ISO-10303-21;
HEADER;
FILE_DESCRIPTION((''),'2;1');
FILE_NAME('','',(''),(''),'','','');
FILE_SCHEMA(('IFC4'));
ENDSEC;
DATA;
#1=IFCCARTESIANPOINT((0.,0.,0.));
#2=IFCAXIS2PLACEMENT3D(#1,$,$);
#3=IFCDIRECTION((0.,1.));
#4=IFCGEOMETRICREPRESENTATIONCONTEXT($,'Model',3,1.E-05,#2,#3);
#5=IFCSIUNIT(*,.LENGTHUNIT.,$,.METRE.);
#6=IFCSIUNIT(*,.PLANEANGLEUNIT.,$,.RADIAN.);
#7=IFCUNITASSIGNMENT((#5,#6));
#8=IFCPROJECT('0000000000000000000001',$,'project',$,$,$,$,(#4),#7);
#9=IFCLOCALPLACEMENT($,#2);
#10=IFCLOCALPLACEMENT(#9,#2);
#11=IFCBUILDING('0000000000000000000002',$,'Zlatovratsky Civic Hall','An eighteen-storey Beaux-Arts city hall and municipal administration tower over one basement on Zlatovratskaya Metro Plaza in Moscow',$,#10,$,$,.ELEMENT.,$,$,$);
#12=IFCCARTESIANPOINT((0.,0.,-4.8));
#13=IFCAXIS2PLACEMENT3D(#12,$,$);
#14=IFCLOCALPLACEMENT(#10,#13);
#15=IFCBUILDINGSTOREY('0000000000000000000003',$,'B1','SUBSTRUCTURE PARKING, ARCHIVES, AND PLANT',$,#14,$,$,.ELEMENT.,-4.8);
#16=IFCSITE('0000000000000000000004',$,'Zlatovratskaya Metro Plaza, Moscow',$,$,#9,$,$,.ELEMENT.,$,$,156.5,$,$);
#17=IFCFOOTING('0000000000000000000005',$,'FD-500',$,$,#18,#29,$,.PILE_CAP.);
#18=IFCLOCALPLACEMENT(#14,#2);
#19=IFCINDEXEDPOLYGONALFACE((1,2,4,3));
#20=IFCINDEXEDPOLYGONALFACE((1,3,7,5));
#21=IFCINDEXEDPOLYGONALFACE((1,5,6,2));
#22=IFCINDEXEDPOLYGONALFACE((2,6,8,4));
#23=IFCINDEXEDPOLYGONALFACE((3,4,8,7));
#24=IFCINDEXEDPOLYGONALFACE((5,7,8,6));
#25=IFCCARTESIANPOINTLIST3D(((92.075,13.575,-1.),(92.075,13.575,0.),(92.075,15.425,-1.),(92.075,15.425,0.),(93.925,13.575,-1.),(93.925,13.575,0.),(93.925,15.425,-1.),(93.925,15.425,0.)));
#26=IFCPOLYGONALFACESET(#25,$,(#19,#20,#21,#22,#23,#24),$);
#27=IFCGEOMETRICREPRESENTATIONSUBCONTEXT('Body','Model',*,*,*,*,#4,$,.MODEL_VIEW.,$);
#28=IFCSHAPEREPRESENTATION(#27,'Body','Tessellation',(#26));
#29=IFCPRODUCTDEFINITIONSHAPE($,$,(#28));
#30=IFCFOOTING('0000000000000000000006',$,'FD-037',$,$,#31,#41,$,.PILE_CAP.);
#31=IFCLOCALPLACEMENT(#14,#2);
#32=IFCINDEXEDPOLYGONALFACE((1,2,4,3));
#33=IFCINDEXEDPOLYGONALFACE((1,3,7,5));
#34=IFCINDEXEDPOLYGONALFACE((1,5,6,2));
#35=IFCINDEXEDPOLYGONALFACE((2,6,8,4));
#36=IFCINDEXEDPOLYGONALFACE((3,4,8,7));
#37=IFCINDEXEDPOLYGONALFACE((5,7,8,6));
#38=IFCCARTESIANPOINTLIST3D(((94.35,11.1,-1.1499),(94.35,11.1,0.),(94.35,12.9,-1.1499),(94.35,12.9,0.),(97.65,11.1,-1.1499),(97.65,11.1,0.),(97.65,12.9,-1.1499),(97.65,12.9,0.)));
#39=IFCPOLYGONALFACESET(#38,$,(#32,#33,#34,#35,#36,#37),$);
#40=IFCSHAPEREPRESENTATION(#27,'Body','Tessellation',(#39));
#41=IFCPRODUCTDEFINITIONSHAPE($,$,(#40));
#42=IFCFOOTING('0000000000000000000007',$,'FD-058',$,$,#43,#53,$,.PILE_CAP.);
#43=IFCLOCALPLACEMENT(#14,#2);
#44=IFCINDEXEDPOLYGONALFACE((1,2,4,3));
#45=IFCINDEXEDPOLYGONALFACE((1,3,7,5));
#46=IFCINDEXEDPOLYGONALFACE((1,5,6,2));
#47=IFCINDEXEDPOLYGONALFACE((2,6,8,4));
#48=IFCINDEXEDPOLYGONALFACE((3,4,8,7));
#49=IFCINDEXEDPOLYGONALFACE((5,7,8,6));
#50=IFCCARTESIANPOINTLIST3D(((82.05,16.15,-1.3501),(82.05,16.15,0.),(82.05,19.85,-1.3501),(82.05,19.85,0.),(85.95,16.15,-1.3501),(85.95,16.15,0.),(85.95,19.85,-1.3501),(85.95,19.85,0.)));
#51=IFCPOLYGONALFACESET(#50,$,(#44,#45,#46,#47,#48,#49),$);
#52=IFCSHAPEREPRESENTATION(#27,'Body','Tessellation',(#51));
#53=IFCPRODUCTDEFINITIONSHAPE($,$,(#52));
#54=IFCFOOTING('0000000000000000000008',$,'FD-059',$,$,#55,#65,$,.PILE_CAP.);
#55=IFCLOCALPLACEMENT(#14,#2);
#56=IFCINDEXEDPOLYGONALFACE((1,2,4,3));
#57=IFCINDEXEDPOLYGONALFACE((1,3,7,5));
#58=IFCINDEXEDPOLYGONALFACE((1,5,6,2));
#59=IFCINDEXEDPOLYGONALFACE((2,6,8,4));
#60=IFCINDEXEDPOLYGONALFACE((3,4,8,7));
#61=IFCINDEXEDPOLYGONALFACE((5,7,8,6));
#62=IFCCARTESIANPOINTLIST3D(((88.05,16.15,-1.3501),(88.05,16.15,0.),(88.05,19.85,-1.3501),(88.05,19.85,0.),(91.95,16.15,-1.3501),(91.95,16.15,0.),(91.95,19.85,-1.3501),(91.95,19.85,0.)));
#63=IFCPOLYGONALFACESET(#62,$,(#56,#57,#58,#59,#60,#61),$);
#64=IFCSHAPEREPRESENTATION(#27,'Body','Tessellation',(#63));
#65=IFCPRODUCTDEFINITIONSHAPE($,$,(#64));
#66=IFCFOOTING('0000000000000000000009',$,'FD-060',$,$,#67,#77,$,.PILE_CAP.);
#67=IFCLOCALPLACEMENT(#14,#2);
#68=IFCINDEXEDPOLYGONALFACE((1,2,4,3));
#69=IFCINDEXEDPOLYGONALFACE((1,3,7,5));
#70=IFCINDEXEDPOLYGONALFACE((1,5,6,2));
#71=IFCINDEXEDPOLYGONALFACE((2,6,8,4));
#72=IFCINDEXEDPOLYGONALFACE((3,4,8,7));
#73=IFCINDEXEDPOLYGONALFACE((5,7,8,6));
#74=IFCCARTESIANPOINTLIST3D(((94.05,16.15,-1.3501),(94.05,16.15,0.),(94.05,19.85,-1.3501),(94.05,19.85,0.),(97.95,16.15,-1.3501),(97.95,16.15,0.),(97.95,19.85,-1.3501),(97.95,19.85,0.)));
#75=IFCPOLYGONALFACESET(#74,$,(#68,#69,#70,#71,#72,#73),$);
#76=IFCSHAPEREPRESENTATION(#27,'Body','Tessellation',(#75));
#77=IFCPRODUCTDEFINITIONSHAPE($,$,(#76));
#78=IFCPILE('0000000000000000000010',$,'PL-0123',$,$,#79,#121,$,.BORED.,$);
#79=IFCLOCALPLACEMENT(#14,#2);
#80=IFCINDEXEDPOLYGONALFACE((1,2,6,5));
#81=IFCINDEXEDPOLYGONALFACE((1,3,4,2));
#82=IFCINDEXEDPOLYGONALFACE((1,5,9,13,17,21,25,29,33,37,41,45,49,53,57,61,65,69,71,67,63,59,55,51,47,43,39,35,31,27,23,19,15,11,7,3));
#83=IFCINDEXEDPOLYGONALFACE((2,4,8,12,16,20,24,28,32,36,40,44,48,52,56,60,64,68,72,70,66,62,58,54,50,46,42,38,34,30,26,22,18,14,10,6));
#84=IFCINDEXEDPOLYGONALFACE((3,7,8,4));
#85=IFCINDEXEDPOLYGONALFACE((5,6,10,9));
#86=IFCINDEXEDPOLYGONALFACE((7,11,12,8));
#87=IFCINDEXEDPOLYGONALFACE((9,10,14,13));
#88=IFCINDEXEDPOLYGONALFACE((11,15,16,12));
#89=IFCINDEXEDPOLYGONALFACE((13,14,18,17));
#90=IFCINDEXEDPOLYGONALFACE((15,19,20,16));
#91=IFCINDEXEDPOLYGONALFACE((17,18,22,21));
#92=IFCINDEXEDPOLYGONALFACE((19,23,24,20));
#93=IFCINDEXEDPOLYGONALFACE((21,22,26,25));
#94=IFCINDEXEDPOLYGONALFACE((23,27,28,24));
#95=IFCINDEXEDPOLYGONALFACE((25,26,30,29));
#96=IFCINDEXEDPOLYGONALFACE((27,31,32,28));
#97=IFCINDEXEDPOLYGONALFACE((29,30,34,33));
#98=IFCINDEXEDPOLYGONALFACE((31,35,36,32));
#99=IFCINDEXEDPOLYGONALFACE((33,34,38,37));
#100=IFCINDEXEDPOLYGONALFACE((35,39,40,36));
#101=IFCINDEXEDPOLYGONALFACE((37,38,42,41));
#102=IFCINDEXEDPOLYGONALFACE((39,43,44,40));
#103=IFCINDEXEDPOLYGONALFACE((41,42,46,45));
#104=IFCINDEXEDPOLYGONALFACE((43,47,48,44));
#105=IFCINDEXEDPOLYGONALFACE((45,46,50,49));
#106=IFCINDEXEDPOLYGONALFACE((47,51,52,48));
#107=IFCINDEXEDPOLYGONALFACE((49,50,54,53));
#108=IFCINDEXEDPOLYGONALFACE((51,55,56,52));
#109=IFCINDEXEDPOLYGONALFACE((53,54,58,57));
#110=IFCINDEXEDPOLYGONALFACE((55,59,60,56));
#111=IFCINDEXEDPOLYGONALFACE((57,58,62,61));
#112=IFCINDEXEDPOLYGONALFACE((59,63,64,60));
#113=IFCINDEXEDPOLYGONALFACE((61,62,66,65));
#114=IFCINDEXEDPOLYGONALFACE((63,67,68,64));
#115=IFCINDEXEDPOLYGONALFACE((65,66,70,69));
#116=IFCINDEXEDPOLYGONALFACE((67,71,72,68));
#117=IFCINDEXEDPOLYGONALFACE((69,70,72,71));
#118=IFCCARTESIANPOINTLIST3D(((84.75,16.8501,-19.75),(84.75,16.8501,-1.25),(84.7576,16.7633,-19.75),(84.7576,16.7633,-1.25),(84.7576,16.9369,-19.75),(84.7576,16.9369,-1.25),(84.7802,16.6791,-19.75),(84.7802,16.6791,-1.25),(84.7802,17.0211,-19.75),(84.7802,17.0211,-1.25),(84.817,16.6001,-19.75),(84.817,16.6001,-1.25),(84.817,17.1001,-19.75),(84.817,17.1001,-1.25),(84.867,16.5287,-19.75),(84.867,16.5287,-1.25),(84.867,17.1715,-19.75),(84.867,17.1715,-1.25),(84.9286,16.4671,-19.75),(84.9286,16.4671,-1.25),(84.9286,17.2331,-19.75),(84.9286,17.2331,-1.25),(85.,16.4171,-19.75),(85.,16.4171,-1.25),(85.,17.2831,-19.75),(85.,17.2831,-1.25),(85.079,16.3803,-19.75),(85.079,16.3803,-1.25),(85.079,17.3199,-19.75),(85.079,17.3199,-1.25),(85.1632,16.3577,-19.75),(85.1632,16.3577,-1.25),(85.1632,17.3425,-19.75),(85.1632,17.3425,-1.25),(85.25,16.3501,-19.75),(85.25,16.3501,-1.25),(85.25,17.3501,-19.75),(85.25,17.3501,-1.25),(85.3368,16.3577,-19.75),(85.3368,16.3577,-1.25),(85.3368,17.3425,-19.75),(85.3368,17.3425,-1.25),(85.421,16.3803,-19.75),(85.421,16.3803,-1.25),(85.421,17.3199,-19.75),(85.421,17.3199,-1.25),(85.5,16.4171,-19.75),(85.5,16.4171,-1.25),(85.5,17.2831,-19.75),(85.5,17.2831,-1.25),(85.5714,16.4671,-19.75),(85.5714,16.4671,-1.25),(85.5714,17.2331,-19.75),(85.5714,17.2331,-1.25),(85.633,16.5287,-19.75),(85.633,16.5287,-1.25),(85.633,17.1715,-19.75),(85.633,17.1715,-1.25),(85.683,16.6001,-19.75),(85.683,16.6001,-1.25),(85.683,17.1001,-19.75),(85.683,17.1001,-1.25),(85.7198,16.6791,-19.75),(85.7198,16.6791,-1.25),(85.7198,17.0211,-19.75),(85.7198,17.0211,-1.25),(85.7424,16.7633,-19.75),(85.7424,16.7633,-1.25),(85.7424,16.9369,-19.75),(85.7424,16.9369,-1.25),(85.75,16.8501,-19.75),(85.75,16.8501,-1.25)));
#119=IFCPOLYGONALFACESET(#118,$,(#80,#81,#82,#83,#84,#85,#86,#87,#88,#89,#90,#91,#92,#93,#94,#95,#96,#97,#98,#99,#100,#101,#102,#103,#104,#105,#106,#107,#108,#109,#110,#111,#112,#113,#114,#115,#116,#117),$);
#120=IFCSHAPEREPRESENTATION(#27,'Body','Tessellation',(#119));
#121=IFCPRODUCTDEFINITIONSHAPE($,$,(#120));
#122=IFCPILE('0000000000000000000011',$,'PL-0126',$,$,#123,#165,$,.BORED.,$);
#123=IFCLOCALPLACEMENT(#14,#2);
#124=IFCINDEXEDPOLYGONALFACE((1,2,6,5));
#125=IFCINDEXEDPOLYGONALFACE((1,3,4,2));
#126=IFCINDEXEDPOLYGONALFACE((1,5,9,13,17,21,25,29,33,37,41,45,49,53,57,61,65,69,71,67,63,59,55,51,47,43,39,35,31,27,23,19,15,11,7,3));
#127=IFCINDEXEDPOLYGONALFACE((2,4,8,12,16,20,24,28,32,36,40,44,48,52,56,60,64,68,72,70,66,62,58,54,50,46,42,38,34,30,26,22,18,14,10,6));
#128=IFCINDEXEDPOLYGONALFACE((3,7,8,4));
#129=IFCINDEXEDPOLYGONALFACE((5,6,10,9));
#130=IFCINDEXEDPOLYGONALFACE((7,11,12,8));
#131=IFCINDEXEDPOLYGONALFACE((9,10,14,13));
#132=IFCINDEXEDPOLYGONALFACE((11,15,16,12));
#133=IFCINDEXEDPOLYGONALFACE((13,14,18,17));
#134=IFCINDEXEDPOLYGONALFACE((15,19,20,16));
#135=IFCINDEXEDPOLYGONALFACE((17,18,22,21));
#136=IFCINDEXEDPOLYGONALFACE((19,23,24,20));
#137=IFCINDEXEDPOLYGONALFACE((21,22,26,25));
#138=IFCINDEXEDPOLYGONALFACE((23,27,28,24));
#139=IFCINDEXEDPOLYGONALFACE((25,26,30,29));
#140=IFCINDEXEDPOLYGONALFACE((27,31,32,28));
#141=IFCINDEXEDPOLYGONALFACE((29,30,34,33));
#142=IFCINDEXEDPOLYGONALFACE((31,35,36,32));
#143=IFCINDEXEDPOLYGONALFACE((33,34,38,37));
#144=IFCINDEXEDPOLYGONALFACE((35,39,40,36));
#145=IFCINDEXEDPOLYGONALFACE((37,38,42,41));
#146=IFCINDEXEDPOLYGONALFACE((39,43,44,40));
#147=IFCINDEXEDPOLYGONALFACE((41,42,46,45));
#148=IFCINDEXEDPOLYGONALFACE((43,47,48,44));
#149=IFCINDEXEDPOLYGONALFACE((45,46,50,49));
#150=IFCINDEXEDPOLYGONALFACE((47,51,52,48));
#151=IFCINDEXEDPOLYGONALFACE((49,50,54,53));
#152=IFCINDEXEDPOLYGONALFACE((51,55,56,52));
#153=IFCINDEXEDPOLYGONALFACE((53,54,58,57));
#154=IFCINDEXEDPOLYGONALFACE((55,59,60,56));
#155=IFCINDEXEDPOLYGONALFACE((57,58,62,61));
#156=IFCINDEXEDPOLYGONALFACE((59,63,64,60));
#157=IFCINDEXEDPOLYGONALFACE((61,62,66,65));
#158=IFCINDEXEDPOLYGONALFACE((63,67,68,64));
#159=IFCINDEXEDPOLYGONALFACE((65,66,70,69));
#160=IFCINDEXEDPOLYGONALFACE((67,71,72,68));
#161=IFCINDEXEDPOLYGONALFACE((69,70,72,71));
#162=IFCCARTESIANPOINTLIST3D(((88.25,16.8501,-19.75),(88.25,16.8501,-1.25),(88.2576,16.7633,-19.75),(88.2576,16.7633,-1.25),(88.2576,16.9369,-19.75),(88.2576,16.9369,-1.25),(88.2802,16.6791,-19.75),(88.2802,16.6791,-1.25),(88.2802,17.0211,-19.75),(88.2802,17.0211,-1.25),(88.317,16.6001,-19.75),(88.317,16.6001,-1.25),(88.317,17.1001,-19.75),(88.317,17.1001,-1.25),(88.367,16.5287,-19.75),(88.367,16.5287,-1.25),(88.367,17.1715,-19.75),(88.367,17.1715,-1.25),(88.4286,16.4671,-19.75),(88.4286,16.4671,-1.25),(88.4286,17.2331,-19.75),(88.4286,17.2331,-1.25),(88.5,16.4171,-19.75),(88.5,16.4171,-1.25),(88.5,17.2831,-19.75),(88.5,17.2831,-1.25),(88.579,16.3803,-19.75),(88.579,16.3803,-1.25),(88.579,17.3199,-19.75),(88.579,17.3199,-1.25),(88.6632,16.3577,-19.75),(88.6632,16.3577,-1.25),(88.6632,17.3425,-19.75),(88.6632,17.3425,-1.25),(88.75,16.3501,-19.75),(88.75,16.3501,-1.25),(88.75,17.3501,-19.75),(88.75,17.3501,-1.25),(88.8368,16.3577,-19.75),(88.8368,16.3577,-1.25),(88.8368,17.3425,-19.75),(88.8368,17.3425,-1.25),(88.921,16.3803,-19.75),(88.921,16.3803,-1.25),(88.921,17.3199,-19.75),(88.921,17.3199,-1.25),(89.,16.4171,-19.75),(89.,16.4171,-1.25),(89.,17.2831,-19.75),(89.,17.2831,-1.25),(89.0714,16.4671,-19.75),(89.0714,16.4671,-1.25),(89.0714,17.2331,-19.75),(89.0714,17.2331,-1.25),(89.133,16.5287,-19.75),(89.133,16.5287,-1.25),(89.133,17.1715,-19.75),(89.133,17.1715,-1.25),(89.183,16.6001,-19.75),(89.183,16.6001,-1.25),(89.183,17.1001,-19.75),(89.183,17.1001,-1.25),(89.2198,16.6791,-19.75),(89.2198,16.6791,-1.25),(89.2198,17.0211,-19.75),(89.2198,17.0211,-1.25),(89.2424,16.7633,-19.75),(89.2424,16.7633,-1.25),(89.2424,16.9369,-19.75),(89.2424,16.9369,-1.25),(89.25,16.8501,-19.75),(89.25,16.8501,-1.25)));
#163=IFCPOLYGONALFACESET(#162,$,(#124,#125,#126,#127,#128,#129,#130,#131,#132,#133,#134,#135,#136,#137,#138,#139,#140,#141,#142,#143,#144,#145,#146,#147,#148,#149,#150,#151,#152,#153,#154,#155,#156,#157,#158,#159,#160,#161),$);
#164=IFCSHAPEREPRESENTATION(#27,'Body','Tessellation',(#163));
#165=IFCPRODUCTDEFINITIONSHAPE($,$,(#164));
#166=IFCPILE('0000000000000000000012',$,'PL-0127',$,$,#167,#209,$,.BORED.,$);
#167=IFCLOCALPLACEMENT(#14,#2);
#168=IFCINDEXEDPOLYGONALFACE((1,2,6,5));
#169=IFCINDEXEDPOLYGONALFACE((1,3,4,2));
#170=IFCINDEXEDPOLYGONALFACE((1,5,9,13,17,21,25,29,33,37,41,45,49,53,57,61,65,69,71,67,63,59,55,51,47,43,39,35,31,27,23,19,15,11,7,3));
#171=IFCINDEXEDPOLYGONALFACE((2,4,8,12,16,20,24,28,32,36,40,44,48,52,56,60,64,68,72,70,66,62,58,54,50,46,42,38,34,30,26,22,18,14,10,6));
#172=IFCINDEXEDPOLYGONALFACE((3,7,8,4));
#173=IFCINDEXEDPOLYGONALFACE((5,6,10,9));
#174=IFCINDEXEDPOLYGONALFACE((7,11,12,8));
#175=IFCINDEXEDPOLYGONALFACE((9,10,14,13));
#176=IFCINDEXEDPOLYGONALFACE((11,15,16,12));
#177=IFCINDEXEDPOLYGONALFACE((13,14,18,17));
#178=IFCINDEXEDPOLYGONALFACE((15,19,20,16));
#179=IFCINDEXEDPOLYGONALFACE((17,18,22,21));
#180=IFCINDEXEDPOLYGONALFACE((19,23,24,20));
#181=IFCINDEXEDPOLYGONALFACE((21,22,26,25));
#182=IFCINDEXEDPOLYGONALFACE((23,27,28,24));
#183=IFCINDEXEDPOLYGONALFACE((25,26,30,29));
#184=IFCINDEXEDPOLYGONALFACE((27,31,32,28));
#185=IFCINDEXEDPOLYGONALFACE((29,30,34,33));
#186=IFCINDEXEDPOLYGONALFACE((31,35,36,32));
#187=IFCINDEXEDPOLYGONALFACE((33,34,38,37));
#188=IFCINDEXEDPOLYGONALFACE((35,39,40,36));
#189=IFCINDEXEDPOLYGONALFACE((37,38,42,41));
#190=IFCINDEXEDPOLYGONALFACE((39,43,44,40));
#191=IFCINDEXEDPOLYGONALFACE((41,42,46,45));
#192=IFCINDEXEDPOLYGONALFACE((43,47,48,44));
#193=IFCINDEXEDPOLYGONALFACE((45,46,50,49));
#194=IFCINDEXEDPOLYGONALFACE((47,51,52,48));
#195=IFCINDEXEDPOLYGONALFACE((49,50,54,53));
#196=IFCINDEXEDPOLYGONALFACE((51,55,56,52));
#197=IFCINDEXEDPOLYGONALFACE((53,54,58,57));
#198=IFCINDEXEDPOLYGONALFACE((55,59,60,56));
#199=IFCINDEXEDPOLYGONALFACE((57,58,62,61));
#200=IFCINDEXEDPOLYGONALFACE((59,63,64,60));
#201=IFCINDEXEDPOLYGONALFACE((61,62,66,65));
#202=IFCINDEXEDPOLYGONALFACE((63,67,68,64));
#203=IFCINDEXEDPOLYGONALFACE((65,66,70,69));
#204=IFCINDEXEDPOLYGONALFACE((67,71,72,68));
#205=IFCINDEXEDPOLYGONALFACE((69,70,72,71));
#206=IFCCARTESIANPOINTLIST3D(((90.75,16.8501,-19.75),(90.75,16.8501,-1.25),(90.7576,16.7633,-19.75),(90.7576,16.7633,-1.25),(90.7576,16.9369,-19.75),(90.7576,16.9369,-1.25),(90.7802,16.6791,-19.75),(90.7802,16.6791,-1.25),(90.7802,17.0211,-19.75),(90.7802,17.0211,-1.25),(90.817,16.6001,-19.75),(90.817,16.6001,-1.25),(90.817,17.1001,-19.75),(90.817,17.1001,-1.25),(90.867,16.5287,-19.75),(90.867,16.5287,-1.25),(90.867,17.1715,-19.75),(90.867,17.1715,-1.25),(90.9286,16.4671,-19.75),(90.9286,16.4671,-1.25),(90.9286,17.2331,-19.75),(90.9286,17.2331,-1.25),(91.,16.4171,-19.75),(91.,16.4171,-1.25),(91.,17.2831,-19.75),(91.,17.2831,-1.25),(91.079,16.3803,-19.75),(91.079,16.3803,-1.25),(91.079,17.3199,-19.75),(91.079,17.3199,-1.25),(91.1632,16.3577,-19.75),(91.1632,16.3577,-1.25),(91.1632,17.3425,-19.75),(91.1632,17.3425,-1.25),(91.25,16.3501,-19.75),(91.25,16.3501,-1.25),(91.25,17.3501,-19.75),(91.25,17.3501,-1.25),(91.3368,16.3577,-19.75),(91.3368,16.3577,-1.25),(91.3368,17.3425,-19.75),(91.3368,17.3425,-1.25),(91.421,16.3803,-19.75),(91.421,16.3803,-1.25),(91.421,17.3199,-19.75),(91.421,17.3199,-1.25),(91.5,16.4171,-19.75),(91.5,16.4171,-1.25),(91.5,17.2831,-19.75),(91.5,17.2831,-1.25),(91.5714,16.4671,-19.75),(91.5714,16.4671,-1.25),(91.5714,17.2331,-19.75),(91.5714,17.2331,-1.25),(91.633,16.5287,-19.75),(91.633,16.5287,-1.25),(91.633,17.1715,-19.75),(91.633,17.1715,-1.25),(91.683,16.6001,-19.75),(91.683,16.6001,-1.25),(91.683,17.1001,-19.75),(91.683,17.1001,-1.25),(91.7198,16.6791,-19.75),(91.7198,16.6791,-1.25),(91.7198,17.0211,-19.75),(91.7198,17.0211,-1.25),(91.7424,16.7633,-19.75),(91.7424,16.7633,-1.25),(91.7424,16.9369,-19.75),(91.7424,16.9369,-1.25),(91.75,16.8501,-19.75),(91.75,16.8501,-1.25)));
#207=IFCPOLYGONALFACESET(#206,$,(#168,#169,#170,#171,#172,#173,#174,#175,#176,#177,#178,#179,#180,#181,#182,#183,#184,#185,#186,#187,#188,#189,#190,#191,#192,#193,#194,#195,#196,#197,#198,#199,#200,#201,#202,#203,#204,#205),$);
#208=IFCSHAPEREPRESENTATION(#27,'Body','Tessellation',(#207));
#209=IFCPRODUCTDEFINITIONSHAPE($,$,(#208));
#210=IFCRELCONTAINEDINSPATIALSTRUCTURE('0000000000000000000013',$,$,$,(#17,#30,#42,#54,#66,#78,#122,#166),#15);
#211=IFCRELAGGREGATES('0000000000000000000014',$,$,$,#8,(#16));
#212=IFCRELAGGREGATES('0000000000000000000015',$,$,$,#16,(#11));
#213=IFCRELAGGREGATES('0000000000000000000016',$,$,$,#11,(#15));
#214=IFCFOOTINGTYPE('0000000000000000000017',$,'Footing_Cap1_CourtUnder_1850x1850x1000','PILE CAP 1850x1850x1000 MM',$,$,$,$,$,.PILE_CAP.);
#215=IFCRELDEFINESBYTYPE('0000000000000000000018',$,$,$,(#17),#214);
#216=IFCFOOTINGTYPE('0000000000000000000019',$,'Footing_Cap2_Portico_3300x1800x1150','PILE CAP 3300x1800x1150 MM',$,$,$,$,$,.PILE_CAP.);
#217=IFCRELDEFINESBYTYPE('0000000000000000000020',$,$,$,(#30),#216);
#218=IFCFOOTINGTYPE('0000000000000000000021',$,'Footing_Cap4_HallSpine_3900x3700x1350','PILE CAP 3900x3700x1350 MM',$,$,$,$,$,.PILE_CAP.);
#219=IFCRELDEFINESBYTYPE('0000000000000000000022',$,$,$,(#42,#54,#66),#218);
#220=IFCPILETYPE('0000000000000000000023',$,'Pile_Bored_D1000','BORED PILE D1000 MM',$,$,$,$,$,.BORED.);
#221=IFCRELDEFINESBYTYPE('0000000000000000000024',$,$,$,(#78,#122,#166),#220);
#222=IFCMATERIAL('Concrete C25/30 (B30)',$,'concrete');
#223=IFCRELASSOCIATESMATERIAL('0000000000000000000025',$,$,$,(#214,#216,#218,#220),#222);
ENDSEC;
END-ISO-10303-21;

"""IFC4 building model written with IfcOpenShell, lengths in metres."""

from ifc_helpers import new_model, si_unit, direction, frame, origin, origin_2d, place, context, subcontext, project, spatial, rectangle, circle, extrude, material, material_profile, profile_set, type_object, element, save


model = new_model("IFC4")

# Units and contexts
model_context = context("Model", 3, precision=1e-05, world=origin(), true_north=direction((0.0, 1.0)))
body_context = subcontext(model_context, "Body", "Model", "MODEL_VIEW")
ifc_project = project(units=[si_unit("LENGTHUNIT", "METRE"), si_unit("PLANEANGLEUNIT", "RADIAN")], contexts=[model_context])

# Site, building, storey
site_placement = place(None, origin())
site = spatial("IfcSite", under=ifc_project, at=site_placement, Name="Zlatovratskaya Metro Plaza, Moscow", CompositionType="ELEMENT", RefElevation=156.5)
building_placement = place(site_placement, origin())
building = spatial("IfcBuilding", under=site, at=building_placement, Name="Zlatovratsky Civic Hall", Description="An eighteen-storey Beaux-Arts city hall and municipal administration tower over one basement on Zlatovratskaya Metro Plaza in Moscow", CompositionType="ELEMENT")
storey_placement = place(building_placement, frame((0.0, 0.0, -4.8)))
storey = spatial("IfcBuildingStorey", under=building, at=storey_placement, Name="B1", Description="SUBSTRUCTURE PARKING, ARCHIVES, AND PLANT", CompositionType="ELEMENT", Elevation=-4.8)

# Footings
ifc_material_1 = material(Name="Concrete C25/30 (B30)", Category="concrete")
footing_type_1 = type_object("IfcFootingType", Name="Footing_Cap1_CourtUnder_1850x1850x1000", Description="PILE CAP 1850x1850x1000 MM", PredefinedType="PILE_CAP", material=ifc_material_1)
footing_1_placement = place(storey_placement, frame((93.0, 14.5, -1.0), z_axis=(0.0, 0.0, 1.0), x_axis=(1.0, 0.0, 0.0)))
element("IfcFooting", 1, at=footing_1_placement, inside=storey, type_object=footing_type_1, Name="FD-500", PredefinedType="PILE_CAP", context=body_context, shape_type="SweptSolid", body=[
    extrude(rectangle(XDim=1.8501, YDim=1.8501, at=origin_2d()), origin(), (0.0, 0.0, 1.0), 1.0),
])
footing_type_2 = type_object("IfcFootingType", Name="Footing_Cap2_Portico_3300x1800x1150", Description="PILE CAP 3300x1800x1150 MM", PredefinedType="PILE_CAP", material=ifc_material_1)
footing_2_placement = place(storey_placement, frame((96.0, 12.0, -1.1499), z_axis=(0.0, 0.0, 1.0), x_axis=(1.0, 0.0, 0.0)))
element("IfcFooting", 2, at=footing_2_placement, inside=storey, type_object=footing_type_2, Name="FD-037", PredefinedType="PILE_CAP", context=body_context, shape_type="SweptSolid", body=[
    extrude(rectangle(XDim=3.3, YDim=1.8, at=origin_2d()), origin(), (0.0, 0.0, 1.0), 1.1499),
])
footing_type_3 = type_object("IfcFootingType", Name="Footing_Cap4_HallSpine_3900x3700x1350", Description="PILE CAP 3900x3700x1350 MM", PredefinedType="PILE_CAP", material=ifc_material_1)
for number, where, z_axis, x_axis, name in (
    (3, (84.0, 18.0, -1.3501), (0.0, 0.0, 1.0), (1.0, 0.0, 0.0), "FD-058"),
    (4, (90.0, 18.0, -1.3501), (0.0, 0.0, 1.0), (1.0, 0.0, 0.0), "FD-059"),
    (5, (96.0, 18.0, -1.3501), (0.0, 0.0, 1.0), (1.0, 0.0, 0.0), "FD-060"),
):
    element("IfcFooting", number, at=place(storey_placement, frame(where, z_axis=z_axis, x_axis=x_axis)), inside=storey, type_object=footing_type_3, Name=name, PredefinedType="PILE_CAP", context=body_context, shape_type="SweptSolid", body=[
        extrude(rectangle(XDim=3.8999, YDim=3.7, at=origin_2d()), origin(), (0.0, 0.0, 1.0), 1.3501),
    ])

# Piles
ifc_material_profile_1 = material_profile(ifc_material_1, circle(Radius=0.5, at=origin_2d()), Name="PILE D1000")
ifc_profile_set_1 = profile_set([ifc_material_profile_1], Name="Concrete C25/30 (B30)")
pile_type_1 = type_object("IfcPileType", Name="Pile_Bored_D1000", Description="BORED PILE D1000 MM", PredefinedType="BORED", material=ifc_profile_set_1)
for number, where, z_axis, x_axis, name in (
    (6, (85.25, 16.8501, -1.25), (0.0, 0.0, -1.0), (1.0, 0.0, 0.0), "PL-0123"),
    (7, (88.75, 16.8501, -1.25), (0.0, 0.0, -1.0), (1.0, 0.0, 0.0), "PL-0126"),
    (8, (91.25, 16.8501, -1.25), (0.0, 0.0, -1.0), (1.0, 0.0, 0.0), "PL-0127"),
):
    element("IfcPile", number, at=place(storey_placement, frame(where, z_axis=z_axis, x_axis=x_axis)), inside=storey, type_object=pile_type_1, Name=name, PredefinedType="BORED", context=body_context, shape_type="SweptSolid", body=[
        extrude(circle(Radius=0.5, at=origin_2d()), origin(), (0.0, 0.0, 1.0), 18.5),
    ])

save(model, "model.ifc")
